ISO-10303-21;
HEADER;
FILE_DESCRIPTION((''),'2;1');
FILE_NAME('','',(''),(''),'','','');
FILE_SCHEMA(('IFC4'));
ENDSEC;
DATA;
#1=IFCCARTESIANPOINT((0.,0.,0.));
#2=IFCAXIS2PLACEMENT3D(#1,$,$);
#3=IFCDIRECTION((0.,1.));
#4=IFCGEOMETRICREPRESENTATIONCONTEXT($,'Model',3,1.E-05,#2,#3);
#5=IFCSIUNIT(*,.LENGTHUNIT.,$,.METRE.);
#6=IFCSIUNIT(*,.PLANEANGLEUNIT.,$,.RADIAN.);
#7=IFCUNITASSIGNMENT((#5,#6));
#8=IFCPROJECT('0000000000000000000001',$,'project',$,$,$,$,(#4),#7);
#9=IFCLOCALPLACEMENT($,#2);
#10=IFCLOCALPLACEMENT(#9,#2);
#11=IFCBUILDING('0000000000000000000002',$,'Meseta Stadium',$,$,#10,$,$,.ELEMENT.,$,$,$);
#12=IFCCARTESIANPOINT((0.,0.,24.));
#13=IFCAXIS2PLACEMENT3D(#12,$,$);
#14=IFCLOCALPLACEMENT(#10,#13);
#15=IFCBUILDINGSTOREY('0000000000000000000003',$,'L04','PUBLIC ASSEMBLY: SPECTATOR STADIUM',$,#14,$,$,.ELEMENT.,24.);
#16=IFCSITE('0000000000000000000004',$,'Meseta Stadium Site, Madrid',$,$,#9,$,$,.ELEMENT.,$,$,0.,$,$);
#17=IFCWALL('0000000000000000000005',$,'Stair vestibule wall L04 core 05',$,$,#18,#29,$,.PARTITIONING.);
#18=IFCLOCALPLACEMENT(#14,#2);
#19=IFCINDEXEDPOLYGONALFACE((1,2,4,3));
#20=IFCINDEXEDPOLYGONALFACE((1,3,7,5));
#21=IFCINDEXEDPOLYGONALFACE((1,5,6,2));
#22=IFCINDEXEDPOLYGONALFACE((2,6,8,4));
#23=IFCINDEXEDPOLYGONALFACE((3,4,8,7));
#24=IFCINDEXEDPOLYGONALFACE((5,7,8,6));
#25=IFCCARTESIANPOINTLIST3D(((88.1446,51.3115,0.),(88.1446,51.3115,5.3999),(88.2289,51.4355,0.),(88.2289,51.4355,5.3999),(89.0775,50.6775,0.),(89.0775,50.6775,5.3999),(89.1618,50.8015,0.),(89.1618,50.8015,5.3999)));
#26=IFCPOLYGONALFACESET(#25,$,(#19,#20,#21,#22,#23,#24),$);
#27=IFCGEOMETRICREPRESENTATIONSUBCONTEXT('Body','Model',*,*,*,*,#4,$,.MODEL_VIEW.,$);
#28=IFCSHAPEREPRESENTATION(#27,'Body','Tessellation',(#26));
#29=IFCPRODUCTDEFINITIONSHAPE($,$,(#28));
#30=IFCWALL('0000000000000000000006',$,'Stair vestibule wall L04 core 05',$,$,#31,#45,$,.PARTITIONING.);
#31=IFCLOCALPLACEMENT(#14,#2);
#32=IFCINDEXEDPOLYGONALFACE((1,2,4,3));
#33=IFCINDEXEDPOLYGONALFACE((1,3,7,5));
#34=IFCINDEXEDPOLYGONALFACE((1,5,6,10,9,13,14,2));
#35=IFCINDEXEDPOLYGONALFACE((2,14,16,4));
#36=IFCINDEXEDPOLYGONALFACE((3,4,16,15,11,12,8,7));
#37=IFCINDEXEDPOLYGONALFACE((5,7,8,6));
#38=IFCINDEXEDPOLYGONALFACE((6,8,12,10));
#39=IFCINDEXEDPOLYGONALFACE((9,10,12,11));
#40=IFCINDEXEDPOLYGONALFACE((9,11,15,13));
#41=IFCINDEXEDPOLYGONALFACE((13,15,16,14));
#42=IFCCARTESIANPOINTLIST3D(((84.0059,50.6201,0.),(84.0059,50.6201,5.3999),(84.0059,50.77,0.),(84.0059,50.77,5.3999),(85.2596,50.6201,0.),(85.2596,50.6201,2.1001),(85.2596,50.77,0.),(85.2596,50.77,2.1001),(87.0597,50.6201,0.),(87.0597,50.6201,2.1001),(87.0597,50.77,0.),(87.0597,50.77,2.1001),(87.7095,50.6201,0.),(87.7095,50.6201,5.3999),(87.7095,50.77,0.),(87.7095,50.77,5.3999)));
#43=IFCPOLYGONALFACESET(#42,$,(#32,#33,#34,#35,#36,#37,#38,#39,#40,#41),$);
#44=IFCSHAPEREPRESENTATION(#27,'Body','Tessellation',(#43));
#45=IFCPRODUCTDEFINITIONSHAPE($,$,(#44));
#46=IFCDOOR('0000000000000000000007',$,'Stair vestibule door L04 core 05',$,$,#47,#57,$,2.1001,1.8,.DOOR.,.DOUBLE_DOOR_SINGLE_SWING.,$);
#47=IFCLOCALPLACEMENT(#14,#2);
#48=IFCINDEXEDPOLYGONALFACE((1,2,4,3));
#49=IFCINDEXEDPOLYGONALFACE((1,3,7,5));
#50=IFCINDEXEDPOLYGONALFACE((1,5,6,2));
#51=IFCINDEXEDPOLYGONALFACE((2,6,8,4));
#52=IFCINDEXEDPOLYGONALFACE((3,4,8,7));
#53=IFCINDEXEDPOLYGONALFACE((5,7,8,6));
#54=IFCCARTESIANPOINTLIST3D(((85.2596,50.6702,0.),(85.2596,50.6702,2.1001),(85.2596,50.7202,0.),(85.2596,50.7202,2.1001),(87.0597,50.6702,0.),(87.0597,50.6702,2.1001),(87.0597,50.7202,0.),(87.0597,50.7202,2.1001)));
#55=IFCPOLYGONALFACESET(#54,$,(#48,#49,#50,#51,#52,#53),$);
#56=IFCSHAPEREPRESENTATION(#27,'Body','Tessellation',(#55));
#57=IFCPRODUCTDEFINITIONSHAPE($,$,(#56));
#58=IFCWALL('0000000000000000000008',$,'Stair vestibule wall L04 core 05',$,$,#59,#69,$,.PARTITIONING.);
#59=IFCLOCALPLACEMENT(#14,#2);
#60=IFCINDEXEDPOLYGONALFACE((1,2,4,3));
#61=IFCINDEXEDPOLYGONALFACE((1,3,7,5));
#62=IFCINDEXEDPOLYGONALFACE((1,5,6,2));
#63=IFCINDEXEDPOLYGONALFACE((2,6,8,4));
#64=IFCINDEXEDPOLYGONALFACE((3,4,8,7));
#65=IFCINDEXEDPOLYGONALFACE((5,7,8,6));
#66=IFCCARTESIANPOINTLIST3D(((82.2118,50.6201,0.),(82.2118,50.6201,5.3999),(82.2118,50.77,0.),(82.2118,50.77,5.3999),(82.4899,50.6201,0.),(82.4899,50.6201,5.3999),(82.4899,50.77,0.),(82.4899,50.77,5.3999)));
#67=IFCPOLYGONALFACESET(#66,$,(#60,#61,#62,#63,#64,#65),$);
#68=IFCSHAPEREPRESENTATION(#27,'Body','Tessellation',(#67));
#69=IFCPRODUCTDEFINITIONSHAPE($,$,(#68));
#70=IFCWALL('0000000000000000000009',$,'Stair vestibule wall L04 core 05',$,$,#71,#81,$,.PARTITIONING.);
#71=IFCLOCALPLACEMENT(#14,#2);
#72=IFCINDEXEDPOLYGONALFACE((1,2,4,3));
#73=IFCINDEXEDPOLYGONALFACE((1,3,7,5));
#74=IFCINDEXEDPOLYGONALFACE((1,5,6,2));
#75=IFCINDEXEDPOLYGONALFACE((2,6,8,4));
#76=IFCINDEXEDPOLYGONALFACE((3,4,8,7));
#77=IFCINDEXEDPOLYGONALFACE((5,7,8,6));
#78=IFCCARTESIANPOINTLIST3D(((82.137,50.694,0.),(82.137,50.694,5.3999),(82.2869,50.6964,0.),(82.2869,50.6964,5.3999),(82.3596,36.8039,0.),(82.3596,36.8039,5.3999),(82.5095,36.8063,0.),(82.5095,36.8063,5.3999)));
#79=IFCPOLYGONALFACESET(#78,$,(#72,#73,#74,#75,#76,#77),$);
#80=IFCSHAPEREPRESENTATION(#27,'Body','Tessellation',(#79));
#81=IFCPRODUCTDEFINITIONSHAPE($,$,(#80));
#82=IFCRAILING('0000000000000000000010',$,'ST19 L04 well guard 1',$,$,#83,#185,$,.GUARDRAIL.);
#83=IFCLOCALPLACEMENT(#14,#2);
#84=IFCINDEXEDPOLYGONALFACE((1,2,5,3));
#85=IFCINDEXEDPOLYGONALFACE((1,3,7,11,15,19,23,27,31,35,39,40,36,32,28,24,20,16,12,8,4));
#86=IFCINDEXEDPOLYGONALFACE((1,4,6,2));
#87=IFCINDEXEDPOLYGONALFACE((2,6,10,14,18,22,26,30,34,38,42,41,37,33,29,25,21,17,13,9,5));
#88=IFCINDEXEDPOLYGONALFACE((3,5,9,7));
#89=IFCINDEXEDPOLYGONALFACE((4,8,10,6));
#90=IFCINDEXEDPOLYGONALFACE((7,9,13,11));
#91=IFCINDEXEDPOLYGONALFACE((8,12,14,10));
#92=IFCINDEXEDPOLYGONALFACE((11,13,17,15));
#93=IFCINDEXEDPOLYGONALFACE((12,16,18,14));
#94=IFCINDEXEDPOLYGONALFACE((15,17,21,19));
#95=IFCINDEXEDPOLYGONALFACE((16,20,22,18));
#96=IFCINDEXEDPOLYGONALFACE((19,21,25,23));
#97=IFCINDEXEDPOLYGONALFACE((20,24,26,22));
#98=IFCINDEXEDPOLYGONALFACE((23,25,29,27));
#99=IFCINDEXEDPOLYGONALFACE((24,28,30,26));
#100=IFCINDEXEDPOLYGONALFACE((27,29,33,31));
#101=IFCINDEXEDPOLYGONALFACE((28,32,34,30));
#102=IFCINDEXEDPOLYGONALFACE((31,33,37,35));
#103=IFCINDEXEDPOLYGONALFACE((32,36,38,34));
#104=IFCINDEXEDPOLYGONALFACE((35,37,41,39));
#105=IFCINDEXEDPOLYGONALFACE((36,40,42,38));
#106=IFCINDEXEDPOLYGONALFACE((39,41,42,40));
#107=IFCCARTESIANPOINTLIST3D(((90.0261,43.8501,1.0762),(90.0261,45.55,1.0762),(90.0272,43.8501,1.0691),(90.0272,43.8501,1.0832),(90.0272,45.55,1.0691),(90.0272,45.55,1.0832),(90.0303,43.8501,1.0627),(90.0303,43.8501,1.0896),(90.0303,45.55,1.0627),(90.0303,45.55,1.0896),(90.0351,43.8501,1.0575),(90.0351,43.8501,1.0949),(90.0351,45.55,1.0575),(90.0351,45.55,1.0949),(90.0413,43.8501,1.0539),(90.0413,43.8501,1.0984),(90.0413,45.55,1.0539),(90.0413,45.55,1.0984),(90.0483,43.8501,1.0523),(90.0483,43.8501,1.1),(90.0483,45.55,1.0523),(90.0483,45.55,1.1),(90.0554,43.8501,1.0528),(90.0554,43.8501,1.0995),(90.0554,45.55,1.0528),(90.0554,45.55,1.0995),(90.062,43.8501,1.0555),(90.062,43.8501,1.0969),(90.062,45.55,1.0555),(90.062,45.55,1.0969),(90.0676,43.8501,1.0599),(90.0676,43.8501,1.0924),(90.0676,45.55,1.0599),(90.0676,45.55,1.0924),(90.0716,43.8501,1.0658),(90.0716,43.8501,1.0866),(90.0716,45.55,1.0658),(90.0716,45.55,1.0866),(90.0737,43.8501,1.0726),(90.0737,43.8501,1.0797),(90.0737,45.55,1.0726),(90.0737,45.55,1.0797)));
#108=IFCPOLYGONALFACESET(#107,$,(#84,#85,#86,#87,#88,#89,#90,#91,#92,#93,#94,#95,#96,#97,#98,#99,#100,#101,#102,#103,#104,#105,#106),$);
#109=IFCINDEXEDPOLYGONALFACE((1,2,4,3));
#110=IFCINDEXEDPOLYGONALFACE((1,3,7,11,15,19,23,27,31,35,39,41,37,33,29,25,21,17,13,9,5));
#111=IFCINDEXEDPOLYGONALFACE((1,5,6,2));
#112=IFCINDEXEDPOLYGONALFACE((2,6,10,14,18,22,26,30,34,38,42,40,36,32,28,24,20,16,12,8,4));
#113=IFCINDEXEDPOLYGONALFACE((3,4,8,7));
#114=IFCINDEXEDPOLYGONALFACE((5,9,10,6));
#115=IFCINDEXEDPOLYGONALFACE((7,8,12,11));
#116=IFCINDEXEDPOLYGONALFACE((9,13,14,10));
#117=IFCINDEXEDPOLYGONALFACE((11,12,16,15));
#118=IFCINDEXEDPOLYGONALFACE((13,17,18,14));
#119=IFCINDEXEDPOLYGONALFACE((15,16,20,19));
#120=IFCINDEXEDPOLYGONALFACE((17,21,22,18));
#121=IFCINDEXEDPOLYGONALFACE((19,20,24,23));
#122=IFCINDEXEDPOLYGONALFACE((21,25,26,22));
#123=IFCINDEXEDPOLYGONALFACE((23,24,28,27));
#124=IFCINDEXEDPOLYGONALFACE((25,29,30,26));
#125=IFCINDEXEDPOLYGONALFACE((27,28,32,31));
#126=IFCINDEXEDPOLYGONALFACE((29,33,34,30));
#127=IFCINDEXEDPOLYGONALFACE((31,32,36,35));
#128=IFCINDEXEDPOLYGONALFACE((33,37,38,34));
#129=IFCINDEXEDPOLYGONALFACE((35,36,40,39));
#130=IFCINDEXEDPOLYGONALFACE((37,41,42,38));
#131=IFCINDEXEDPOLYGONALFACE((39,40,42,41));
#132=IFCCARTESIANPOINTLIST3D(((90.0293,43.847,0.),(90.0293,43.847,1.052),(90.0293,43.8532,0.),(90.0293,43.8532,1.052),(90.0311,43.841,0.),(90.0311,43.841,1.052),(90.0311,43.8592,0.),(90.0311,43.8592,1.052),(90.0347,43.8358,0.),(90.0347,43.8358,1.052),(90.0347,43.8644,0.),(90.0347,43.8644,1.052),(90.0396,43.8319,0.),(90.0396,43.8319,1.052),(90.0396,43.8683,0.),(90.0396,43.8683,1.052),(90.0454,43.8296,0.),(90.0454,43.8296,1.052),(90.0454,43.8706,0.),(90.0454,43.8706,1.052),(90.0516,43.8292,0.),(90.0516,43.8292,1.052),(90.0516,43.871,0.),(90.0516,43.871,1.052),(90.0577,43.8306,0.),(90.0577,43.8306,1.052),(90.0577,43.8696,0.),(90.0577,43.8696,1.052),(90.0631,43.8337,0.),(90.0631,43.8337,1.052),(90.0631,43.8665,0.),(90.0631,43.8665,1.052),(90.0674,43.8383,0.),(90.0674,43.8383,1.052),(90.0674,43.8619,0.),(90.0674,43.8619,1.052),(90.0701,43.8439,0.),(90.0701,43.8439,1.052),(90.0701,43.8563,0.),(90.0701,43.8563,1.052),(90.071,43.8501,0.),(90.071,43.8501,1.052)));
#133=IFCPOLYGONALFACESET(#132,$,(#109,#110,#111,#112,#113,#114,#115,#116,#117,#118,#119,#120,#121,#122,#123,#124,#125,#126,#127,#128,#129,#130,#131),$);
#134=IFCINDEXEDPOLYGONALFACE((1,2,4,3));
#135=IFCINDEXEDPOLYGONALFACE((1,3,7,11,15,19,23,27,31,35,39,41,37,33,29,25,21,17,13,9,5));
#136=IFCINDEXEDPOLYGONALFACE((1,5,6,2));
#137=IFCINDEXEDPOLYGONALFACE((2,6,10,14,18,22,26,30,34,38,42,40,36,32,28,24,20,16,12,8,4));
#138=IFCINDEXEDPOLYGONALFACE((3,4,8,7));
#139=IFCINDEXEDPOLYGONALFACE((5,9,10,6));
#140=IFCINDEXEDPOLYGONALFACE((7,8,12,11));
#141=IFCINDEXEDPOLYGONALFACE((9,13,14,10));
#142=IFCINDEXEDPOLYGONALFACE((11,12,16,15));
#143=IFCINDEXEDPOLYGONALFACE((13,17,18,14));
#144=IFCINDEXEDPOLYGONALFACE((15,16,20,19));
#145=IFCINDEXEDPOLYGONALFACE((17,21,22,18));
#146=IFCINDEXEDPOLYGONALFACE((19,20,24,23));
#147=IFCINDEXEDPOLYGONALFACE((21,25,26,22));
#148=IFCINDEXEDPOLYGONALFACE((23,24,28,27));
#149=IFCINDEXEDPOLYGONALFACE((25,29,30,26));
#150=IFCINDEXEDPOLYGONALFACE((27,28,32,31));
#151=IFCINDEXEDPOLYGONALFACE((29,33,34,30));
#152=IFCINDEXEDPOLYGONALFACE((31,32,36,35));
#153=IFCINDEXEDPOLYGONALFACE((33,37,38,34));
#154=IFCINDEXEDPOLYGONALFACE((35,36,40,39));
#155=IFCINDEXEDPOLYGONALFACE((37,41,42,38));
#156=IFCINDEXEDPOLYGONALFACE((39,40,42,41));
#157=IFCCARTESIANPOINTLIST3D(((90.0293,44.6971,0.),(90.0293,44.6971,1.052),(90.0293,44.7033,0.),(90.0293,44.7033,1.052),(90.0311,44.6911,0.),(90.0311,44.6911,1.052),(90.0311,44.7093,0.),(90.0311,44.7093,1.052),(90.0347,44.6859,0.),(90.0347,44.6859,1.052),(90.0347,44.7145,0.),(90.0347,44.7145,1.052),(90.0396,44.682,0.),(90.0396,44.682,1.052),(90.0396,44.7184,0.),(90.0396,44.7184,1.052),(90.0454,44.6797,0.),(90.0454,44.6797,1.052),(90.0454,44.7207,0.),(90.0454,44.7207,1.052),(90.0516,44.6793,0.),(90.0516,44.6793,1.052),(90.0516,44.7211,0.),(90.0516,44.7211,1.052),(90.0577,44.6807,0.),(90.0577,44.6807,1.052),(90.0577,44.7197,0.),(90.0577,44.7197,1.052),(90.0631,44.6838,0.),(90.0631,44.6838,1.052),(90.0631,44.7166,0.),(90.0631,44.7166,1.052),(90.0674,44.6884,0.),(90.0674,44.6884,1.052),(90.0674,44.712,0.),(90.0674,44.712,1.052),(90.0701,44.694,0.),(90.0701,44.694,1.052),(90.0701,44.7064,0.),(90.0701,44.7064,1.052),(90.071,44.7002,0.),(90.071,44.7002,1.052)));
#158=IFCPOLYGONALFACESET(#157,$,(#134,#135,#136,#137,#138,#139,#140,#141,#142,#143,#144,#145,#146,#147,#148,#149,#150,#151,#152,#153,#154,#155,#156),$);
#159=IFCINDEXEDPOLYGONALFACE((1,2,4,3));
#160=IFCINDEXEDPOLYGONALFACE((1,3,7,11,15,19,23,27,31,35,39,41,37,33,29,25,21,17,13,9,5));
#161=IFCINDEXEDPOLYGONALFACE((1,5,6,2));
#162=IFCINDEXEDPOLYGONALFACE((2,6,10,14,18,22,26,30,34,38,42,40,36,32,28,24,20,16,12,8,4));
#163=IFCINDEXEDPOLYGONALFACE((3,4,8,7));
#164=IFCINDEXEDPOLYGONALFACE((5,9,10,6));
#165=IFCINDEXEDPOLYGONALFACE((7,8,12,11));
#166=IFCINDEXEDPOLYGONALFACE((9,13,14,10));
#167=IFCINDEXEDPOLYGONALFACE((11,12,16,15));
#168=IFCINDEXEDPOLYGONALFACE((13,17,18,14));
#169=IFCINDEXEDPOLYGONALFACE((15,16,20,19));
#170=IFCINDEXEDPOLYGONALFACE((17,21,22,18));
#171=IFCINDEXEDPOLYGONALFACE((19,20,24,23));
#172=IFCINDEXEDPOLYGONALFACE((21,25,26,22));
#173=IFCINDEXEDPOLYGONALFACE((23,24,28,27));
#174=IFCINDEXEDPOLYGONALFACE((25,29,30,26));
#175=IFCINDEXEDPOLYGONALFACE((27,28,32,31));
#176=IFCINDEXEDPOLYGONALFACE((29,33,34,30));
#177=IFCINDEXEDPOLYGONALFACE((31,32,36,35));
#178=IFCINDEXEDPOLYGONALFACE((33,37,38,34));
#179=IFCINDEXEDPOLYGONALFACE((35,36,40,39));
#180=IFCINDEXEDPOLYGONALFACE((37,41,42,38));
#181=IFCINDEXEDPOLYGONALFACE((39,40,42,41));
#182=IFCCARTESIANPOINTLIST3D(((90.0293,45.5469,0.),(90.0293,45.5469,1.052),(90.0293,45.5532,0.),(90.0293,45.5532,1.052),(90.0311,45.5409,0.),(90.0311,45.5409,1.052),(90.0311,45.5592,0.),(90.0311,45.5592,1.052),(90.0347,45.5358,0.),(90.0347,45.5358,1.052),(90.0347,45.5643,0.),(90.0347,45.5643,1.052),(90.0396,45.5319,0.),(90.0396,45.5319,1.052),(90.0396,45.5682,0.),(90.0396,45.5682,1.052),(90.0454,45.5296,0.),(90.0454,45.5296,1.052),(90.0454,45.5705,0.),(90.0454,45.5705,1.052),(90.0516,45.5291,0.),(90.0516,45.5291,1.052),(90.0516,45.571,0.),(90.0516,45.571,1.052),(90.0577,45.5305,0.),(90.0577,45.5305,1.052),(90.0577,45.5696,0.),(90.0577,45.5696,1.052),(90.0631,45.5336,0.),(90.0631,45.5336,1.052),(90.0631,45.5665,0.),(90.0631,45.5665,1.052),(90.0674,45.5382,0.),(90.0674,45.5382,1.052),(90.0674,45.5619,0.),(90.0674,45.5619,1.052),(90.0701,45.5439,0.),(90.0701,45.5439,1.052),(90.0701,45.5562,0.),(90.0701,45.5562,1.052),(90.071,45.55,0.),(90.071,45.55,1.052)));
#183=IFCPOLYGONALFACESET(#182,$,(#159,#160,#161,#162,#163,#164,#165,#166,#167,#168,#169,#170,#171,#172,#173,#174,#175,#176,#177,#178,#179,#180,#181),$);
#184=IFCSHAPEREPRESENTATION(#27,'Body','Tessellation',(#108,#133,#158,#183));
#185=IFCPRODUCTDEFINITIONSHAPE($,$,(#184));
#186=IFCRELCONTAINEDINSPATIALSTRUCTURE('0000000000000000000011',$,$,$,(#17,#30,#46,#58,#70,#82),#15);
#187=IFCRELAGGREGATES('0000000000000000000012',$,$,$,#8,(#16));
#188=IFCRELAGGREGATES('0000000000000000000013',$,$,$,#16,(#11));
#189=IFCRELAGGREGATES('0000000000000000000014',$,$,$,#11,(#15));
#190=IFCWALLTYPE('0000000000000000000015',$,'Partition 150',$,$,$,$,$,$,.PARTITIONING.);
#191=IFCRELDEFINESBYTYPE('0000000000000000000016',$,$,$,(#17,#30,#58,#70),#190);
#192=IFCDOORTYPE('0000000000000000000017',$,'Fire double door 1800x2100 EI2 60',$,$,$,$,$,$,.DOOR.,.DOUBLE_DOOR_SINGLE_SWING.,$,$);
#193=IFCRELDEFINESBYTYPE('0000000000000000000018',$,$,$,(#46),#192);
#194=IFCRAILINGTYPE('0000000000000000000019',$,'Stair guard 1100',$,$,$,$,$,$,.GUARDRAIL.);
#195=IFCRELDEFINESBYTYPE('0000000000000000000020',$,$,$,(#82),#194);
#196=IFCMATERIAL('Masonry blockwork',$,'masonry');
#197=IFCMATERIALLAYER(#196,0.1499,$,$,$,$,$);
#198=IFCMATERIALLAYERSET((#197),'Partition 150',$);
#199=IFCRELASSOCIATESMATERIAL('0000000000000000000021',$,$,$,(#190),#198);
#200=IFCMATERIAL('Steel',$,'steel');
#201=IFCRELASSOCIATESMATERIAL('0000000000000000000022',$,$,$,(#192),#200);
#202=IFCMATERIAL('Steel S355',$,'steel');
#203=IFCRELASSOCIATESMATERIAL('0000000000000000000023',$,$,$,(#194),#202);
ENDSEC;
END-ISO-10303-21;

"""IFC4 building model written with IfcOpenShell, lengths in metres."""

from ifc_helpers import new_model, si_unit, direction, frame, frame_2d, origin, origin_2d, place, context, subcontext, project, spatial, rectangle, circle, extrude, material, layer, layer_set, type_object, element, fill, save


model = new_model("IFC4")

# Units and contexts
model_context = context("Model", 3, precision=1e-05, world=origin(), true_north=direction((0.0, 1.0)))
body_context = subcontext(model_context, "Body", "Model", "MODEL_VIEW")
ifc_project = project(units=[si_unit("LENGTHUNIT", "METRE"), si_unit("PLANEANGLEUNIT", "RADIAN")], contexts=[model_context])

# Site, building, storey
site_placement = place(None, origin())
site = spatial("IfcSite", under=ifc_project, at=site_placement, Name="Meseta Stadium Site, Madrid", CompositionType="ELEMENT", RefElevation=0.0)
building_placement = place(site_placement, origin())
building = spatial("IfcBuilding", under=site, at=building_placement, Name="Meseta Stadium", CompositionType="ELEMENT")
storey_placement = place(building_placement, frame((0.0, 0.0, 24.0)))
storey = spatial("IfcBuildingStorey", under=building, at=storey_placement, Name="L04", Description="PUBLIC ASSEMBLY: SPECTATOR STADIUM", CompositionType="ELEMENT", Elevation=24.0)

# Wall
ifc_material_1 = material(Name="Masonry blockwork", Category="masonry")
ifc_layer_1 = layer(ifc_material_1, 0.1499)
ifc_layer_set_1 = layer_set([ifc_layer_1], Name="Partition 150")
wall_type_1 = type_object("IfcWallType", Name="Partition 150", PredefinedType="PARTITIONING", material=ifc_layer_set_1)
wall_1_placement = place(storey_placement, frame((89.1196, 50.7395, 0.0), z_axis=(0.0, 0.0, 1.0), x_axis=(-0.827055, 0.562121, 0.0)))
element("IfcWall", 1, at=wall_1_placement, inside=storey, type_object=wall_type_1, Name="Stair vestibule wall L04 core 05", PredefinedType="PARTITIONING", context=body_context, shape_type="SweptSolid", body=[
    extrude(rectangle(XDim=1.1279, YDim=0.1499, at=frame_2d((0.564, 0.0))), origin(), (0.0, 0.0, 1.0), 5.3999),
])

# Wall, opening, door
wall_2_placement = place(storey_placement, frame((87.7095, 50.6951, 0.0), z_axis=(0.0, 0.0, 1.0), x_axis=(-1.0, 0.0, 0.0)))
wall_2 = element("IfcWall", 2, at=wall_2_placement, inside=storey, type_object=wall_type_1, Name="Stair vestibule wall L04 core 05", PredefinedType="PARTITIONING", context=body_context, shape_type="SweptSolid", body=[
    extrude(rectangle(XDim=3.7036, YDim=0.1499, at=frame_2d((1.8518, 0.0))), origin(), (0.0, 0.0, 1.0), 5.3999),
])
opening_1_placement = place(wall_2_placement, frame((0.6499, 0.0, 0.0)))
opening_1 = element("IfcOpeningElement", 3, at=opening_1_placement, cuts=wall_2, PredefinedType="OPENING", context=body_context, shape_type="SweptSolid", body=[
    extrude(rectangle(XDim=1.8, YDim=2.1001, at=frame_2d((0.8999, 1.05))), frame((0.0, 0.085, 0.0), z_axis=(0.0, -1.0, 0.0), x_axis=(1.0, 0.0, 0.0)), (0.0, 0.0, 1.0), 0.1699),
])
ifc_material_2 = material(Name="Steel", Category="steel")
door_type_1 = type_object("IfcDoorType", Name="Fire double door 1800x2100 EI2 60", OperationType="DOUBLE_DOOR_SINGLE_SWING", PredefinedType="DOOR", material=ifc_material_2)
door_1_placement = place(opening_1_placement, origin())
door_1 = element("IfcDoor", 4, at=door_1_placement, inside=storey, type_object=door_type_1, Name="Stair vestibule door L04 core 05", OperationType="DOUBLE_DOOR_SINGLE_SWING", OverallHeight=2.1001, OverallWidth=1.8, PredefinedType="DOOR", context=body_context, shape_type="SweptSolid", body=[
    extrude(rectangle(XDim=1.8, YDim=2.1001, at=frame_2d((0.8999, 1.05))), frame((0.0, 0.0249, 0.0), z_axis=(0.0, -1.0, 0.0), x_axis=(1.0, 0.0, 0.0)), (0.0, 0.0, 1.0), 0.05),
])
fill(opening_1, door_1)

# Walls
wall_3_placement = place(storey_placement, frame((82.49, 50.6951, 0.0), z_axis=(0.0, 0.0, 1.0), x_axis=(-1.0, 0.0, 0.0)))
element("IfcWall", 5, at=wall_3_placement, inside=storey, type_object=wall_type_1, Name="Stair vestibule wall L04 core 05", PredefinedType="PARTITIONING", context=body_context, shape_type="SweptSolid", body=[
    extrude(rectangle(XDim=0.2781, YDim=0.1499, at=frame_2d((0.1392, 0.0))), origin(), (0.0, 0.0, 1.0), 5.3999),
])
wall_4_placement = place(storey_placement, frame((82.2119, 50.6951, 0.0), z_axis=(0.0, 0.0, 1.0), x_axis=(0.016028, -0.999872, 0.0)))
element("IfcWall", 6, at=wall_4_placement, inside=storey, type_object=wall_type_1, Name="Stair vestibule wall L04 core 05", PredefinedType="PARTITIONING", context=body_context, shape_type="SweptSolid", body=[
    extrude(rectangle(XDim=13.8918, YDim=0.1499, at=frame_2d((6.9458, 0.0))), origin(), (0.0, 0.0, 1.0), 5.3999),
])

# Railing
ifc_material_3 = material(Name="Steel S355", Category="steel")
railing_type_1 = type_object("IfcRailingType", Name="Stair guard 1100", PredefinedType="GUARDRAIL", material=ifc_material_3)
for number, where, name in (
    (7, (90.05, 43.8501, 0.0), "ST19 L04 well guard 1"),
):
    element("IfcRailing", number, at=place(storey_placement, frame(where)), inside=storey, type_object=railing_type_1, Name=name, PredefinedType="GUARDRAIL", context=body_context, shape_type="SweptSolid", body=[
        extrude(circle(Radius=0.0239, at=origin_2d()), frame((0.0, 0.0, 1.0762), z_axis=(0.0, 1.0, 0.0), x_axis=(-1.0, 0.0, 0.0)), (0.0, 0.0, 1.0), 1.7),
        extrude(circle(Radius=0.021, at=origin_2d()), origin(), (0.0, 0.0, 1.0), 1.052),
        extrude(circle(Radius=0.021, at=origin_2d()), frame((0.0, 0.8501, 0.0)), (0.0, 0.0, 1.0), 1.052),
        extrude(circle(Radius=0.021, at=origin_2d()), frame((0.0, 1.7, 0.0)), (0.0, 0.0, 1.0), 1.052),
    ])

save(model, "model.ifc")
